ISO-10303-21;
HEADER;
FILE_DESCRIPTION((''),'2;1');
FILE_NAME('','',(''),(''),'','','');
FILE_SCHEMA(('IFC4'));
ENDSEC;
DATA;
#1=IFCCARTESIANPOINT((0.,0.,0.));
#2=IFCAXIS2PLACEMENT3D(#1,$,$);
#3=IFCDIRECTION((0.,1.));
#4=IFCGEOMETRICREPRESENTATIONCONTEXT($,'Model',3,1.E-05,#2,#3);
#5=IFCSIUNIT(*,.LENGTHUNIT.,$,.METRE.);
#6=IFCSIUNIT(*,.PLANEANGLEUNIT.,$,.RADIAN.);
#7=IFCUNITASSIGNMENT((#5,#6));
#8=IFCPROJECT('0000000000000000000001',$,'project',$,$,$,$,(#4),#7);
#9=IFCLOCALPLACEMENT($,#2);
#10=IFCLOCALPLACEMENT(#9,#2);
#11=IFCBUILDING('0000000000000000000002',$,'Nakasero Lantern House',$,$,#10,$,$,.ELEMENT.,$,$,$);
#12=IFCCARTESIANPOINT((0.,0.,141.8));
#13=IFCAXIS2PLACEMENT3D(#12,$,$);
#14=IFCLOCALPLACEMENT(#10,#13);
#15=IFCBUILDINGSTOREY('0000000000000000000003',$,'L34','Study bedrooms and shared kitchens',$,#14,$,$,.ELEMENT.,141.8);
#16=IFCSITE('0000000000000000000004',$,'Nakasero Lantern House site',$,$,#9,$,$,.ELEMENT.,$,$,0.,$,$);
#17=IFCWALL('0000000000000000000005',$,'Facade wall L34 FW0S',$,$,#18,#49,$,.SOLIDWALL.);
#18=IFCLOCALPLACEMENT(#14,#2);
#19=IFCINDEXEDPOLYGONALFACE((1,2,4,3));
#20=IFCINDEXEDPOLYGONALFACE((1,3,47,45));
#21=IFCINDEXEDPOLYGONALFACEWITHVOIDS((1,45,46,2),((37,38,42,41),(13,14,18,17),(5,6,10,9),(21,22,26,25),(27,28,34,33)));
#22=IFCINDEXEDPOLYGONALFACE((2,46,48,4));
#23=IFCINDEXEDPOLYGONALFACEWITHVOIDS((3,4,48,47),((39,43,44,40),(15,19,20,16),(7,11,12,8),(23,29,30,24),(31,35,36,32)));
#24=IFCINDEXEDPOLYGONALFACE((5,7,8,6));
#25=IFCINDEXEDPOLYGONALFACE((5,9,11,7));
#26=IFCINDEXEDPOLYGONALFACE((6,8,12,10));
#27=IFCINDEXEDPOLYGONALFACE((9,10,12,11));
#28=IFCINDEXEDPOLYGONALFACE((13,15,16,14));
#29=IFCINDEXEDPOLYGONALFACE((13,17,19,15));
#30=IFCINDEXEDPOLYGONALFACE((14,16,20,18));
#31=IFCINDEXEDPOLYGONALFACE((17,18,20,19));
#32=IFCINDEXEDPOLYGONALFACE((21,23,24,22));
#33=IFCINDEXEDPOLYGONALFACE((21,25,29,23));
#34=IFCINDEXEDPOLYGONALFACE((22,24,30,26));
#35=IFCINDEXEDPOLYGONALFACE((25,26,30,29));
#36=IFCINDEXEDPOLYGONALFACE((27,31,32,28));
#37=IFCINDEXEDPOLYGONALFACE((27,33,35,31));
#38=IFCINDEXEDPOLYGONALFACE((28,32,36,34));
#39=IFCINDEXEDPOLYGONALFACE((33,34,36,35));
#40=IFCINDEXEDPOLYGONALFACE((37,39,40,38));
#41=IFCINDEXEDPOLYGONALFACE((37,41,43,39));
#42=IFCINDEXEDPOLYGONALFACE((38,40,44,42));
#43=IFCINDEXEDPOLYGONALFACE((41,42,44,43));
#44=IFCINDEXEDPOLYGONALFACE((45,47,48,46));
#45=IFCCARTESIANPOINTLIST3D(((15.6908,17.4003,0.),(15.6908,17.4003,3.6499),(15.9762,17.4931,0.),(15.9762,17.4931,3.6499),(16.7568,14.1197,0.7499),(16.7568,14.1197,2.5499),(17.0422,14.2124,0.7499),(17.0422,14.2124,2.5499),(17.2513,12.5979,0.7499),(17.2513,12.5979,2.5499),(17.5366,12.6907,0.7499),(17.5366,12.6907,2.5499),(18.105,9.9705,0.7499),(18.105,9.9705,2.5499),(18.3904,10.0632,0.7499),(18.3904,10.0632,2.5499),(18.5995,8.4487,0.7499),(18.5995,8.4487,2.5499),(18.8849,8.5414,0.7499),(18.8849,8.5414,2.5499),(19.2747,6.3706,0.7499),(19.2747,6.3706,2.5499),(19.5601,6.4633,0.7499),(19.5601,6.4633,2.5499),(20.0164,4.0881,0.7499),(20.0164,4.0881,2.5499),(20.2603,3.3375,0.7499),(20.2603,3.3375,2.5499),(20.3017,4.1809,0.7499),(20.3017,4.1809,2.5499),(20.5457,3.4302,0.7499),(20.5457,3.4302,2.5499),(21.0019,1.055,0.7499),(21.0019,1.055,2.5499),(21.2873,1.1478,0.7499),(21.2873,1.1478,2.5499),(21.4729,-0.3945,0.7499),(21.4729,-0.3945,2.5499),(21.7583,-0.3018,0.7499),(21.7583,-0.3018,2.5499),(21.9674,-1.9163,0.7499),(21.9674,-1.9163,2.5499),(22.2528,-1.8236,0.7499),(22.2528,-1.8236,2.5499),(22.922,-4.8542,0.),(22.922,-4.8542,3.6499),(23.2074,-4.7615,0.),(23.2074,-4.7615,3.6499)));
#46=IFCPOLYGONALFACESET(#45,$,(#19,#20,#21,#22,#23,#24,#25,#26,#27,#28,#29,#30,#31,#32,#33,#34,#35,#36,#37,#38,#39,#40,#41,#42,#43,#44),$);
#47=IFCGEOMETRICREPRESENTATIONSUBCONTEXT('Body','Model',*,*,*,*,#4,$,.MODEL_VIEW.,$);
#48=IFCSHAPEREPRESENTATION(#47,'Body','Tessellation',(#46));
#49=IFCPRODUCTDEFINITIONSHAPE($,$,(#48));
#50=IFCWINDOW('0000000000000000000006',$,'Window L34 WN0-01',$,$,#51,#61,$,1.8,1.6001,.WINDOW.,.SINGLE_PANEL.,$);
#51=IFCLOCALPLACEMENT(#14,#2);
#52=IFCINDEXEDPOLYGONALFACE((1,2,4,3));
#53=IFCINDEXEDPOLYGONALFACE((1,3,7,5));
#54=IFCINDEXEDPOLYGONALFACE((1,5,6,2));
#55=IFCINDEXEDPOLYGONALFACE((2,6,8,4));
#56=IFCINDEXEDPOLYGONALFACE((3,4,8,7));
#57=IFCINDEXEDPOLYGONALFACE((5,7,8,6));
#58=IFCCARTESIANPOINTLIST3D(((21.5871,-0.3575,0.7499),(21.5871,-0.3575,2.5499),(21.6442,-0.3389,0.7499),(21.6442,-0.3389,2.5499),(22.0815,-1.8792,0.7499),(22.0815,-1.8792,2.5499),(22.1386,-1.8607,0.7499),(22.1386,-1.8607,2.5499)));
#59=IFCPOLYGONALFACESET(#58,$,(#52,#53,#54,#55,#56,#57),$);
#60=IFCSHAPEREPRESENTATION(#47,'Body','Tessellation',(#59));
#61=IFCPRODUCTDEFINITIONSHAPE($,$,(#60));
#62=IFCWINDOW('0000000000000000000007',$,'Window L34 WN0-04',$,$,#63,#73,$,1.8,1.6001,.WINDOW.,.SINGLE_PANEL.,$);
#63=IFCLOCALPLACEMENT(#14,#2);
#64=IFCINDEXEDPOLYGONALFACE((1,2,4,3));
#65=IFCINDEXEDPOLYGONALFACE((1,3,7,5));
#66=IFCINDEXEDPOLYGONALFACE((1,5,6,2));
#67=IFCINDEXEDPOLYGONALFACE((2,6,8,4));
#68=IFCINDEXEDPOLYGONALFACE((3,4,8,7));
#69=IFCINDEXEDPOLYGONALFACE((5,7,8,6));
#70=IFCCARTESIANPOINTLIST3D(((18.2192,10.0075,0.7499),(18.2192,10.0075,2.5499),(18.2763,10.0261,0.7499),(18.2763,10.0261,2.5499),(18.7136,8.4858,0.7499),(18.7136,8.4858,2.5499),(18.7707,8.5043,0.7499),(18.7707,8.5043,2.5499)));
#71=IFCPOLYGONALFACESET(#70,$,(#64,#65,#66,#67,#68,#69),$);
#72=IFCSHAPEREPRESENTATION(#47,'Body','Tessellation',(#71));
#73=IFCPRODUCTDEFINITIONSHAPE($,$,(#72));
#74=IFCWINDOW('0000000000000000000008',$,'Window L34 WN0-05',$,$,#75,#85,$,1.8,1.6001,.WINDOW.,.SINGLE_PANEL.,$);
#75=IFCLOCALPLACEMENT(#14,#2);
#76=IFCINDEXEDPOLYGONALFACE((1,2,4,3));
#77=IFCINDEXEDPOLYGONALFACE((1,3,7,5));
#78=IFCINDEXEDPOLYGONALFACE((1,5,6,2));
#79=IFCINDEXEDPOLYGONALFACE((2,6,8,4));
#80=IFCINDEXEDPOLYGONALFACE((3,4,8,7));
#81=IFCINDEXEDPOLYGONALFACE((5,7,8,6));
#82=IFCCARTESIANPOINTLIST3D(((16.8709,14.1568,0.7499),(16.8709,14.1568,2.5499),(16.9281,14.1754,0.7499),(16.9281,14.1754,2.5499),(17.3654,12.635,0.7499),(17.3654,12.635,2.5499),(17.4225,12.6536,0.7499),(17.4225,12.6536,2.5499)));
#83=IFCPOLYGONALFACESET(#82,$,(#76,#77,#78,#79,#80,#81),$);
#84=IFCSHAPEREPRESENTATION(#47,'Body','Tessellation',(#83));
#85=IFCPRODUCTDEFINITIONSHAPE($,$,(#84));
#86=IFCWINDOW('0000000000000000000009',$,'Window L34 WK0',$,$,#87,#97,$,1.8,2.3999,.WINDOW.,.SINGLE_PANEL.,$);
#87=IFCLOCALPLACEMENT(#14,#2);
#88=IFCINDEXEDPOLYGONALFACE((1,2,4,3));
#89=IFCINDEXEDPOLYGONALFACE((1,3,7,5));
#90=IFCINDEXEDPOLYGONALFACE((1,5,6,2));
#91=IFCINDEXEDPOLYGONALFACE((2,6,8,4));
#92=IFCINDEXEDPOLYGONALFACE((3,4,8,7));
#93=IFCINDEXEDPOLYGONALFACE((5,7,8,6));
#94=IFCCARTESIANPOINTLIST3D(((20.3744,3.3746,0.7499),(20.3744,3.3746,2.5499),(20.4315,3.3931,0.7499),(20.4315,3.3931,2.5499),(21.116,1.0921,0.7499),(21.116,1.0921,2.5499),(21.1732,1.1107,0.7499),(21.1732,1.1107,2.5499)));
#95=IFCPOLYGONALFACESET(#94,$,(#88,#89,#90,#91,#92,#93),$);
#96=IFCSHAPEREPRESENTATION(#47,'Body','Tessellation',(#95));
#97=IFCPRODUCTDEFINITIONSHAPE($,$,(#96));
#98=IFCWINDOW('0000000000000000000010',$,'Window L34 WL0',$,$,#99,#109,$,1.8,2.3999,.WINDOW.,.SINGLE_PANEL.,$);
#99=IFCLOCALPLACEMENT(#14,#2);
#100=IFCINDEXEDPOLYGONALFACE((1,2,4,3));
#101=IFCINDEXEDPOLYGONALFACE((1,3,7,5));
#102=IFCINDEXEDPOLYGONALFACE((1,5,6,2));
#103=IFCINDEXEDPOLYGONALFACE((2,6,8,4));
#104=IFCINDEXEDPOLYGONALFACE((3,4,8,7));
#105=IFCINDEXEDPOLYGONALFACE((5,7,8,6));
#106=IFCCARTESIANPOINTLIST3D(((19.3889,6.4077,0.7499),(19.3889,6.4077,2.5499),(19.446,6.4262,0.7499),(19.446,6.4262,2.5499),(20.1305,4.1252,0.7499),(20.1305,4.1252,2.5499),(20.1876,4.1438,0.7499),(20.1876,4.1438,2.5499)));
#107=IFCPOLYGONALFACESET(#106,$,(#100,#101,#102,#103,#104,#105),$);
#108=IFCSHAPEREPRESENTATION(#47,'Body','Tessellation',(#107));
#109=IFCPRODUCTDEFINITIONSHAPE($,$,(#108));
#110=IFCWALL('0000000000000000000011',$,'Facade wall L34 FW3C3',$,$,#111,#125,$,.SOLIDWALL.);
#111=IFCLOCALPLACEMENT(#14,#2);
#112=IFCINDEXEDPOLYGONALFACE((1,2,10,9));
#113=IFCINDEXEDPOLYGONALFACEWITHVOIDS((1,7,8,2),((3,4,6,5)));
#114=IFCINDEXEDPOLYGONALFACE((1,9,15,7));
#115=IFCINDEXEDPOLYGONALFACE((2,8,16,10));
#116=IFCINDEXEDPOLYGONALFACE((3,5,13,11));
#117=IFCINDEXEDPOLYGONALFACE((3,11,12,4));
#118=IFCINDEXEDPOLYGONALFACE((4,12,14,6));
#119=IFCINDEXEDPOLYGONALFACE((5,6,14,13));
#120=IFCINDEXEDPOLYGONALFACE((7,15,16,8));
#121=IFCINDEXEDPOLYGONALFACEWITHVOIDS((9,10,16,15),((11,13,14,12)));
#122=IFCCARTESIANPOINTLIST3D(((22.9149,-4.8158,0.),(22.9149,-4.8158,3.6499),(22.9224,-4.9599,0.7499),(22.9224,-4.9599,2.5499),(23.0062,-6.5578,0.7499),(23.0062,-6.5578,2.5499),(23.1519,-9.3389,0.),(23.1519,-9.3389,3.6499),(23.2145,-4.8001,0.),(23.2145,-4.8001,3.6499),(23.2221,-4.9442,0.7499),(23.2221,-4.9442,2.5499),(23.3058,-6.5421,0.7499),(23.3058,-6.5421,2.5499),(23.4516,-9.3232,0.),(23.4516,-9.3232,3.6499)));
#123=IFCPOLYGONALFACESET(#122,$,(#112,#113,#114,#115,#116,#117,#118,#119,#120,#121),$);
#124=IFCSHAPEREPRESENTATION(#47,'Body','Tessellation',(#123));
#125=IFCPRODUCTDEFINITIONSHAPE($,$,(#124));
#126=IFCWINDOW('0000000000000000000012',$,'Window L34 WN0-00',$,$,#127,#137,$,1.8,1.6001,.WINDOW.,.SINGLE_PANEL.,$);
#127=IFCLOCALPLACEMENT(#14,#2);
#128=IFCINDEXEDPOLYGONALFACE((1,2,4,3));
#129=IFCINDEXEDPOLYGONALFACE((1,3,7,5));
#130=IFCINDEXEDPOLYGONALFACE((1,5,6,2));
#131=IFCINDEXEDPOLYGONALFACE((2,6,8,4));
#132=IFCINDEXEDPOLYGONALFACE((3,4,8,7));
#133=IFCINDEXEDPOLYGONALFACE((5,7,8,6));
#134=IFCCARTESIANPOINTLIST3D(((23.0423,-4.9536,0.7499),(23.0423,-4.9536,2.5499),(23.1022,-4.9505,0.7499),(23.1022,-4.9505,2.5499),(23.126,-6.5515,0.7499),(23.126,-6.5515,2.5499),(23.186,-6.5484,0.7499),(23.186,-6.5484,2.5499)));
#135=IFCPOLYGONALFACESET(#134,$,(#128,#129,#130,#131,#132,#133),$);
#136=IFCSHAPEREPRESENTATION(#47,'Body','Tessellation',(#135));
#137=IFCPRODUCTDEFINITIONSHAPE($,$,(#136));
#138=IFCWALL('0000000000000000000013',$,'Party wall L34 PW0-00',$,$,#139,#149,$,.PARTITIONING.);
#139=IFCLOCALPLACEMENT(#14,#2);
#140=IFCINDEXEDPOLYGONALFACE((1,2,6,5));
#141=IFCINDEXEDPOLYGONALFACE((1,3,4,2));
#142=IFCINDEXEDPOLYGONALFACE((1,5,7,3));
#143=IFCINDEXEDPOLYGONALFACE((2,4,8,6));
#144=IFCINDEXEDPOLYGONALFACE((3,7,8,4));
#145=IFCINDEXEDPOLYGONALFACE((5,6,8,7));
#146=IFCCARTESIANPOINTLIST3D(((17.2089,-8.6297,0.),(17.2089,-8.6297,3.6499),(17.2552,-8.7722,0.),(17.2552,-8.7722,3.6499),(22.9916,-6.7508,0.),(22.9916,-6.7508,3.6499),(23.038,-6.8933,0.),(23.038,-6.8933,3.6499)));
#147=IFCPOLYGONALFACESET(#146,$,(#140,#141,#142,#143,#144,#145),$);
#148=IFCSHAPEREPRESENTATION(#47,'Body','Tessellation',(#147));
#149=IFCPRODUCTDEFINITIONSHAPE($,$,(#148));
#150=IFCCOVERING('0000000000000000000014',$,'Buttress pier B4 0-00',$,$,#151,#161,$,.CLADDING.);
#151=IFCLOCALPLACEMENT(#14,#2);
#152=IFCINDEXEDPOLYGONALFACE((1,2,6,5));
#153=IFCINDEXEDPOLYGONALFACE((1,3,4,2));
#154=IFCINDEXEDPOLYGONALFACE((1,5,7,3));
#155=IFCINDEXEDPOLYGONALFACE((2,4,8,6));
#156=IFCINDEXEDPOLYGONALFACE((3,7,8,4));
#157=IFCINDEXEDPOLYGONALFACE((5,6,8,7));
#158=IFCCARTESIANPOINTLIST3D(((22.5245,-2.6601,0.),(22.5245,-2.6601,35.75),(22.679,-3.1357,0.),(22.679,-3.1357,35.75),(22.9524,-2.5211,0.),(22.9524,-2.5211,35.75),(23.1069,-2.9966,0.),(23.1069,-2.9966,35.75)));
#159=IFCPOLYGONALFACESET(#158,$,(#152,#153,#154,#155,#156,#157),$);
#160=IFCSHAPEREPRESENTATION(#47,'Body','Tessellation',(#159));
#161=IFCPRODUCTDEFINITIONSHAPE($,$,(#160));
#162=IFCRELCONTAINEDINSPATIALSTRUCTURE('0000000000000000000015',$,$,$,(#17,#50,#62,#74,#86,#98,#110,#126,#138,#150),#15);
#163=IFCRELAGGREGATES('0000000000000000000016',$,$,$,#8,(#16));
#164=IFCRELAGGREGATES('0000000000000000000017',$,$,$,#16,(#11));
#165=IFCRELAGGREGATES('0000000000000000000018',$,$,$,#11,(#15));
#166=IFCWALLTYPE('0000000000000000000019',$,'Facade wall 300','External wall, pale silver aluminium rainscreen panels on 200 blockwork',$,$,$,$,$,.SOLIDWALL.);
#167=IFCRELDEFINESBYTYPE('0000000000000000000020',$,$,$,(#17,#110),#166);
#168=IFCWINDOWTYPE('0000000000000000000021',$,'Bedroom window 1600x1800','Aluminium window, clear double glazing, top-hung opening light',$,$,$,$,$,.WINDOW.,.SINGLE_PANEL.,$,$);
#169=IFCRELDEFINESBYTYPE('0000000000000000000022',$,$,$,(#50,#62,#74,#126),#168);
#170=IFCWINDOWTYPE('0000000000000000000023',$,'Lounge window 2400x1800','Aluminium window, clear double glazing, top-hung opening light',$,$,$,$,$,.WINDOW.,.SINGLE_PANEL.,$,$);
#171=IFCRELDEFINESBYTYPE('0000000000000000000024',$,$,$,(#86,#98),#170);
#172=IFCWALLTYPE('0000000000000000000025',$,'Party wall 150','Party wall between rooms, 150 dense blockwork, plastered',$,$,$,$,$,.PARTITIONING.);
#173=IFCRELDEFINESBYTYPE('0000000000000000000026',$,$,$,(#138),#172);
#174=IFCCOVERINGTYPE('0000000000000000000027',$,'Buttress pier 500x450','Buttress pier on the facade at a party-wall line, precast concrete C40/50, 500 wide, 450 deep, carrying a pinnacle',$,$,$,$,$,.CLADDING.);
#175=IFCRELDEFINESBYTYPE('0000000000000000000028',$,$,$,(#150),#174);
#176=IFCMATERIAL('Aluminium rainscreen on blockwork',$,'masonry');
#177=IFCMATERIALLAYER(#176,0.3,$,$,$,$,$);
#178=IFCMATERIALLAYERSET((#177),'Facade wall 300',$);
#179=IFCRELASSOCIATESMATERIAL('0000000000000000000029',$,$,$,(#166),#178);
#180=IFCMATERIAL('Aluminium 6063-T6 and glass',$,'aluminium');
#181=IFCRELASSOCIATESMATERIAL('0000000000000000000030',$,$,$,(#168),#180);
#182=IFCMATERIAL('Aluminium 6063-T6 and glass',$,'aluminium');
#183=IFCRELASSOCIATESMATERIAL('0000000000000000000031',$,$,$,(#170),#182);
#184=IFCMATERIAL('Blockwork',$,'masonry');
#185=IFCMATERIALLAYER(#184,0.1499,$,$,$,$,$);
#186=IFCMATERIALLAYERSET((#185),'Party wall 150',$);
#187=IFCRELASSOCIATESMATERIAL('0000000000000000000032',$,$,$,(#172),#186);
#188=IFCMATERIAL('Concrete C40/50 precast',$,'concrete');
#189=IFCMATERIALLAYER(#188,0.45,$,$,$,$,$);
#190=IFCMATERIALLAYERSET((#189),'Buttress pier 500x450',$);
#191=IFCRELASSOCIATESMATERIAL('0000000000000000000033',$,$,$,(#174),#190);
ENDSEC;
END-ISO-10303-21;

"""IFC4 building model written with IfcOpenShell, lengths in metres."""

from ifc_helpers import new_model, si_unit, direction, frame, frame_2d, origin, origin_2d, place, context, subcontext, project, spatial, rectangle, extrude, material, layer, layer_set, type_object, element, fill, save


model = new_model("IFC4")

# Units and contexts
model_context = context("Model", 3, precision=1e-05, world=origin(), true_north=direction((0.0, 1.0)))
body_context = subcontext(model_context, "Body", "Model", "MODEL_VIEW")
ifc_project = project(units=[si_unit("LENGTHUNIT", "METRE"), si_unit("PLANEANGLEUNIT", "RADIAN")], contexts=[model_context])

# Site, building, storey
site_placement = place(None, origin())
site = spatial("IfcSite", under=ifc_project, at=site_placement, Name="Nakasero Lantern House site", CompositionType="ELEMENT", RefElevation=0.0)
building_placement = place(site_placement, origin())
building = spatial("IfcBuilding", under=site, at=building_placement, Name="Nakasero Lantern House", CompositionType="ELEMENT")
storey_placement = place(building_placement, frame((0.0, 0.0, 141.8)))
storey = spatial("IfcBuildingStorey", under=building, at=storey_placement, Name="L34", Description="Study bedrooms and shared kitchens", CompositionType="ELEMENT", Elevation=141.8)

# Wall, openings, windows
ifc_material_1 = material(Name="Aluminium rainscreen on blockwork", Category="masonry")
ifc_layer_1 = layer(ifc_material_1, 0.3)
ifc_layer_set_1 = layer_set([ifc_layer_1], Name="Facade wall 300")
wall_type_1 = type_object("IfcWallType", Name="Facade wall 300", Description="External wall, pale silver aluminium rainscreen panels on 200 blockwork", PredefinedType="SOLIDWALL", material=ifc_layer_set_1)
wall_1_placement = place(storey_placement, frame((23.0647, -4.8079, 0.0), z_axis=(0.0, 0.0, 1.0), x_axis=(-0.309026, 0.951054, 0.0)))
wall_1 = element("IfcWall", 1, at=wall_1_placement, inside=storey, type_object=wall_type_1, Name="Facade wall L34 FW0S", PredefinedType="SOLIDWALL", context=body_context, shape_type="SweptSolid", body=[
    extrude(rectangle(XDim=23.3999, YDim=0.3, at=frame_2d((11.7, 0.0))), origin(), (0.0, 0.0, 1.0), 3.6499),
])
opening_1_placement = place(wall_1_placement, frame((3.0891, 0.0, 0.75)))
opening_1 = element("IfcOpeningElement", 2, at=opening_1_placement, cuts=wall_1, PredefinedType="OPENING", context=body_context, shape_type="SweptSolid", body=[
    extrude(rectangle(XDim=1.6001, YDim=1.8, at=frame_2d((0.8, 0.8999))), frame((0.0, 0.1699, 0.0), z_axis=(0.0, -1.0, 0.0), x_axis=(1.0, 0.0, 0.0)), (0.0, 0.0, 1.0), 0.3401),
])
opening_2_placement = place(wall_1_placement, frame((13.9875, 0.0, 0.75)))
opening_2 = element("IfcOpeningElement", 3, at=opening_2_placement, cuts=wall_1, PredefinedType="OPENING", context=body_context, shape_type="SweptSolid", body=[
    extrude(rectangle(XDim=1.6001, YDim=1.8, at=frame_2d((0.8, 0.8999))), frame((0.0, 0.1699, 0.0), z_axis=(0.0, -1.0, 0.0), x_axis=(1.0, 0.0, 0.0)), (0.0, 0.0, 1.0), 0.3401),
])
opening_3_placement = place(wall_1_placement, frame((18.3503, 0.0, 0.75)))
opening_3 = element("IfcOpeningElement", 4, at=opening_3_placement, cuts=wall_1, PredefinedType="OPENING", context=body_context, shape_type="SweptSolid", body=[
    extrude(rectangle(XDim=1.6001, YDim=1.8, at=frame_2d((0.8, 0.8999))), frame((0.0, 0.1699, 0.0), z_axis=(0.0, -1.0, 0.0), x_axis=(1.0, 0.0, 0.0)), (0.0, 0.0, 1.0), 0.3401),
])
opening_4_placement = place(wall_1_placement, frame((6.2134, 0.0, 0.75)))
opening_4 = element("IfcOpeningElement", 5, at=opening_4_placement, cuts=wall_1, PredefinedType="OPENING", context=body_context, shape_type="SweptSolid", body=[
    extrude(rectangle(XDim=2.3999, YDim=1.8, at=frame_2d((1.2, 0.8999))), frame((0.0, 0.1699, 0.0), z_axis=(0.0, -1.0, 0.0), x_axis=(1.0, 0.0, 0.0)), (0.0, 0.0, 1.0), 0.3401),
])
opening_5_placement = place(wall_1_placement, frame((9.4026, 0.0, 0.75)))
opening_5 = element("IfcOpeningElement", 6, at=opening_5_placement, cuts=wall_1, PredefinedType="OPENING", context=body_context, shape_type="SweptSolid", body=[
    extrude(rectangle(XDim=2.3999, YDim=1.8, at=frame_2d((1.2, 0.8999))), frame((0.0, 0.1699, 0.0), z_axis=(0.0, -1.0, 0.0), x_axis=(1.0, 0.0, 0.0)), (0.0, 0.0, 1.0), 0.3401),
])
ifc_material_2 = material(Name="Aluminium 6063-T6 and glass", Category="aluminium")
window_type_1 = type_object("IfcWindowType", Name="Bedroom window 1600x1800", Description="Aluminium window, clear double glazing, top-hung opening light", PartitioningType="SINGLE_PANEL", PredefinedType="WINDOW", material=ifc_material_2)
window_1_placement = place(opening_1_placement, origin())
window_1 = element("IfcWindow", 7, at=window_1_placement, inside=storey, type_object=window_type_1, Name="Window L34 WN0-01", OverallHeight=1.8, OverallWidth=1.6001, PartitioningType="SINGLE_PANEL", PredefinedType="WINDOW", context=body_context, shape_type="SweptSolid", body=[
    extrude(rectangle(XDim=1.6001, YDim=1.8, at=frame_2d((0.8, 0.8999))), frame((0.0, 0.03, 0.0), z_axis=(0.0, -1.0, 0.0), x_axis=(1.0, 0.0, 0.0)), (0.0, 0.0, 1.0), 0.0601),
])
fill(opening_1, window_1)
window_2_placement = place(opening_2_placement, origin())
window_2 = element("IfcWindow", 8, at=window_2_placement, inside=storey, type_object=window_type_1, Name="Window L34 WN0-04", OverallHeight=1.8, OverallWidth=1.6001, PartitioningType="SINGLE_PANEL", PredefinedType="WINDOW", context=body_context, shape_type="SweptSolid", body=[
    extrude(rectangle(XDim=1.6001, YDim=1.8, at=frame_2d((0.8, 0.8999))), frame((0.0, 0.03, 0.0), z_axis=(0.0, -1.0, 0.0), x_axis=(1.0, 0.0, 0.0)), (0.0, 0.0, 1.0), 0.0601),
])
fill(opening_2, window_2)
window_3_placement = place(opening_3_placement, origin())
window_3 = element("IfcWindow", 9, at=window_3_placement, inside=storey, type_object=window_type_1, Name="Window L34 WN0-05", OverallHeight=1.8, OverallWidth=1.6001, PartitioningType="SINGLE_PANEL", PredefinedType="WINDOW", context=body_context, shape_type="SweptSolid", body=[
    extrude(rectangle(XDim=1.6001, YDim=1.8, at=frame_2d((0.8, 0.8999))), frame((0.0, 0.03, 0.0), z_axis=(0.0, -1.0, 0.0), x_axis=(1.0, 0.0, 0.0)), (0.0, 0.0, 1.0), 0.0601),
])
fill(opening_3, window_3)
ifc_material_3 = material(Name="Aluminium 6063-T6 and glass", Category="aluminium")
window_type_2 = type_object("IfcWindowType", Name="Lounge window 2400x1800", Description="Aluminium window, clear double glazing, top-hung opening light", PartitioningType="SINGLE_PANEL", PredefinedType="WINDOW", material=ifc_material_3)
window_4_placement = place(opening_4_placement, origin())
window_4 = element("IfcWindow", 10, at=window_4_placement, inside=storey, type_object=window_type_2, Name="Window L34 WK0", OverallHeight=1.8, OverallWidth=2.3999, PartitioningType="SINGLE_PANEL", PredefinedType="WINDOW", context=body_context, shape_type="SweptSolid", body=[
    extrude(rectangle(XDim=2.3999, YDim=1.8, at=frame_2d((1.2, 0.8999))), frame((0.0, 0.03, 0.0), z_axis=(0.0, -1.0, 0.0), x_axis=(1.0, 0.0, 0.0)), (0.0, 0.0, 1.0), 0.0601),
])
fill(opening_4, window_4)
window_5_placement = place(opening_5_placement, origin())
window_5 = element("IfcWindow", 11, at=window_5_placement, inside=storey, type_object=window_type_2, Name="Window L34 WL0", OverallHeight=1.8, OverallWidth=2.3999, PartitioningType="SINGLE_PANEL", PredefinedType="WINDOW", context=body_context, shape_type="SweptSolid", body=[
    extrude(rectangle(XDim=2.3999, YDim=1.8, at=frame_2d((1.2, 0.8999))), frame((0.0, 0.03, 0.0), z_axis=(0.0, -1.0, 0.0), x_axis=(1.0, 0.0, 0.0)), (0.0, 0.0, 1.0), 0.0601),
])
fill(opening_5, window_5)

# Wall, opening, window
wall_2_placement = place(storey_placement, frame((23.3018, -9.3311, 0.0), z_axis=(0.0, 0.0, 1.0), x_axis=(-0.052338, 0.998629, 0.0)))
wall_2 = element("IfcWall", 12, at=wall_2_placement, inside=storey, type_object=wall_type_1, Name="Facade wall L34 FW3C3", PredefinedType="SOLIDWALL", context=body_context, shape_type="SweptSolid", body=[
    extrude(rectangle(XDim=4.5293, YDim=0.3, at=frame_2d((2.2646, 0.0))), origin(), (0.0, 0.0, 1.0), 3.6499),
])
opening_6_placement = place(wall_2_placement, frame((2.7849, 0.0, 0.75)))
opening_6 = element("IfcOpeningElement", 13, at=opening_6_placement, cuts=wall_2, PredefinedType="OPENING", context=body_context, shape_type="SweptSolid", body=[
    extrude(rectangle(XDim=1.6001, YDim=1.8, at=frame_2d((0.8, 0.8999))), frame((0.0, 0.1699, 0.0), z_axis=(0.0, -1.0, 0.0), x_axis=(1.0, 0.0, 0.0)), (0.0, 0.0, 1.0), 0.3401),
])
window_6_placement = place(opening_6_placement, origin())
window_6 = element("IfcWindow", 14, at=window_6_placement, inside=storey, type_object=window_type_1, Name="Window L34 WN0-00", OverallHeight=1.8, OverallWidth=1.6001, PartitioningType="SINGLE_PANEL", PredefinedType="WINDOW", context=body_context, shape_type="SweptSolid", body=[
    extrude(rectangle(XDim=1.6001, YDim=1.8, at=frame_2d((0.8, 0.8999))), frame((0.0, 0.03, 0.0), z_axis=(0.0, -1.0, 0.0), x_axis=(1.0, 0.0, 0.0)), (0.0, 0.0, 1.0), 0.0601),
])
fill(opening_6, window_6)

# Wall
ifc_material_4 = material(Name="Blockwork", Category="masonry")
ifc_layer_2 = layer(ifc_material_4, 0.1499)
ifc_layer_set_2 = layer_set([ifc_layer_2], Name="Party wall 150")
wall_type_2 = type_object("IfcWallType", Name="Party wall 150", Description="Party wall between rooms, 150 dense blockwork, plastered", PredefinedType="PARTITIONING", material=ifc_layer_set_2)
wall_3_placement = place(storey_placement, frame((17.2322, -8.7009, 0.0), z_axis=(0.0, 0.0, 1.0), x_axis=(0.951057, 0.309015, 0.0)))
element("IfcWall", 15, at=wall_3_placement, inside=storey, type_object=wall_type_2, Name="Party wall L34 PW0-00", PredefinedType="PARTITIONING", context=body_context, shape_type="SweptSolid", body=[
    extrude(rectangle(XDim=6.0803, YDim=0.1499, at=frame_2d((3.04, 0.0))), origin(), (0.0, 0.0, 1.0), 3.6499),
])

# Covering
ifc_material_5 = material(Name="Concrete C40/50 precast", Category="concrete")
ifc_layer_3 = layer(ifc_material_5, 0.45)
ifc_layer_set_3 = layer_set([ifc_layer_3], Name="Buttress pier 500x450")
covering_type = type_object("IfcCoveringType", Name="Buttress pier 500x450", Description="Buttress pier on the facade at a party-wall line, precast concrete C40/50, 500 wide, 450 deep, carrying a pinnacle", PredefinedType="CLADDING", material=ifc_layer_set_3)
covering_placement = place(storey_placement, frame((22.8157, -2.8284, 0.0), z_axis=(0.0, 0.0, 1.0), x_axis=(0.951057, 0.309017, 0.0)))
element("IfcCovering", 16, at=covering_placement, inside=storey, type_object=covering_type, Name="Buttress pier B4 0-00", PredefinedType="CLADDING", context=body_context, shape_type="SweptSolid", body=[
    extrude(rectangle(XDim=0.45, YDim=0.5, at=origin_2d()), origin(), (0.0, 0.0, 1.0), 35.75),
])

save(model, "model.ifc")
